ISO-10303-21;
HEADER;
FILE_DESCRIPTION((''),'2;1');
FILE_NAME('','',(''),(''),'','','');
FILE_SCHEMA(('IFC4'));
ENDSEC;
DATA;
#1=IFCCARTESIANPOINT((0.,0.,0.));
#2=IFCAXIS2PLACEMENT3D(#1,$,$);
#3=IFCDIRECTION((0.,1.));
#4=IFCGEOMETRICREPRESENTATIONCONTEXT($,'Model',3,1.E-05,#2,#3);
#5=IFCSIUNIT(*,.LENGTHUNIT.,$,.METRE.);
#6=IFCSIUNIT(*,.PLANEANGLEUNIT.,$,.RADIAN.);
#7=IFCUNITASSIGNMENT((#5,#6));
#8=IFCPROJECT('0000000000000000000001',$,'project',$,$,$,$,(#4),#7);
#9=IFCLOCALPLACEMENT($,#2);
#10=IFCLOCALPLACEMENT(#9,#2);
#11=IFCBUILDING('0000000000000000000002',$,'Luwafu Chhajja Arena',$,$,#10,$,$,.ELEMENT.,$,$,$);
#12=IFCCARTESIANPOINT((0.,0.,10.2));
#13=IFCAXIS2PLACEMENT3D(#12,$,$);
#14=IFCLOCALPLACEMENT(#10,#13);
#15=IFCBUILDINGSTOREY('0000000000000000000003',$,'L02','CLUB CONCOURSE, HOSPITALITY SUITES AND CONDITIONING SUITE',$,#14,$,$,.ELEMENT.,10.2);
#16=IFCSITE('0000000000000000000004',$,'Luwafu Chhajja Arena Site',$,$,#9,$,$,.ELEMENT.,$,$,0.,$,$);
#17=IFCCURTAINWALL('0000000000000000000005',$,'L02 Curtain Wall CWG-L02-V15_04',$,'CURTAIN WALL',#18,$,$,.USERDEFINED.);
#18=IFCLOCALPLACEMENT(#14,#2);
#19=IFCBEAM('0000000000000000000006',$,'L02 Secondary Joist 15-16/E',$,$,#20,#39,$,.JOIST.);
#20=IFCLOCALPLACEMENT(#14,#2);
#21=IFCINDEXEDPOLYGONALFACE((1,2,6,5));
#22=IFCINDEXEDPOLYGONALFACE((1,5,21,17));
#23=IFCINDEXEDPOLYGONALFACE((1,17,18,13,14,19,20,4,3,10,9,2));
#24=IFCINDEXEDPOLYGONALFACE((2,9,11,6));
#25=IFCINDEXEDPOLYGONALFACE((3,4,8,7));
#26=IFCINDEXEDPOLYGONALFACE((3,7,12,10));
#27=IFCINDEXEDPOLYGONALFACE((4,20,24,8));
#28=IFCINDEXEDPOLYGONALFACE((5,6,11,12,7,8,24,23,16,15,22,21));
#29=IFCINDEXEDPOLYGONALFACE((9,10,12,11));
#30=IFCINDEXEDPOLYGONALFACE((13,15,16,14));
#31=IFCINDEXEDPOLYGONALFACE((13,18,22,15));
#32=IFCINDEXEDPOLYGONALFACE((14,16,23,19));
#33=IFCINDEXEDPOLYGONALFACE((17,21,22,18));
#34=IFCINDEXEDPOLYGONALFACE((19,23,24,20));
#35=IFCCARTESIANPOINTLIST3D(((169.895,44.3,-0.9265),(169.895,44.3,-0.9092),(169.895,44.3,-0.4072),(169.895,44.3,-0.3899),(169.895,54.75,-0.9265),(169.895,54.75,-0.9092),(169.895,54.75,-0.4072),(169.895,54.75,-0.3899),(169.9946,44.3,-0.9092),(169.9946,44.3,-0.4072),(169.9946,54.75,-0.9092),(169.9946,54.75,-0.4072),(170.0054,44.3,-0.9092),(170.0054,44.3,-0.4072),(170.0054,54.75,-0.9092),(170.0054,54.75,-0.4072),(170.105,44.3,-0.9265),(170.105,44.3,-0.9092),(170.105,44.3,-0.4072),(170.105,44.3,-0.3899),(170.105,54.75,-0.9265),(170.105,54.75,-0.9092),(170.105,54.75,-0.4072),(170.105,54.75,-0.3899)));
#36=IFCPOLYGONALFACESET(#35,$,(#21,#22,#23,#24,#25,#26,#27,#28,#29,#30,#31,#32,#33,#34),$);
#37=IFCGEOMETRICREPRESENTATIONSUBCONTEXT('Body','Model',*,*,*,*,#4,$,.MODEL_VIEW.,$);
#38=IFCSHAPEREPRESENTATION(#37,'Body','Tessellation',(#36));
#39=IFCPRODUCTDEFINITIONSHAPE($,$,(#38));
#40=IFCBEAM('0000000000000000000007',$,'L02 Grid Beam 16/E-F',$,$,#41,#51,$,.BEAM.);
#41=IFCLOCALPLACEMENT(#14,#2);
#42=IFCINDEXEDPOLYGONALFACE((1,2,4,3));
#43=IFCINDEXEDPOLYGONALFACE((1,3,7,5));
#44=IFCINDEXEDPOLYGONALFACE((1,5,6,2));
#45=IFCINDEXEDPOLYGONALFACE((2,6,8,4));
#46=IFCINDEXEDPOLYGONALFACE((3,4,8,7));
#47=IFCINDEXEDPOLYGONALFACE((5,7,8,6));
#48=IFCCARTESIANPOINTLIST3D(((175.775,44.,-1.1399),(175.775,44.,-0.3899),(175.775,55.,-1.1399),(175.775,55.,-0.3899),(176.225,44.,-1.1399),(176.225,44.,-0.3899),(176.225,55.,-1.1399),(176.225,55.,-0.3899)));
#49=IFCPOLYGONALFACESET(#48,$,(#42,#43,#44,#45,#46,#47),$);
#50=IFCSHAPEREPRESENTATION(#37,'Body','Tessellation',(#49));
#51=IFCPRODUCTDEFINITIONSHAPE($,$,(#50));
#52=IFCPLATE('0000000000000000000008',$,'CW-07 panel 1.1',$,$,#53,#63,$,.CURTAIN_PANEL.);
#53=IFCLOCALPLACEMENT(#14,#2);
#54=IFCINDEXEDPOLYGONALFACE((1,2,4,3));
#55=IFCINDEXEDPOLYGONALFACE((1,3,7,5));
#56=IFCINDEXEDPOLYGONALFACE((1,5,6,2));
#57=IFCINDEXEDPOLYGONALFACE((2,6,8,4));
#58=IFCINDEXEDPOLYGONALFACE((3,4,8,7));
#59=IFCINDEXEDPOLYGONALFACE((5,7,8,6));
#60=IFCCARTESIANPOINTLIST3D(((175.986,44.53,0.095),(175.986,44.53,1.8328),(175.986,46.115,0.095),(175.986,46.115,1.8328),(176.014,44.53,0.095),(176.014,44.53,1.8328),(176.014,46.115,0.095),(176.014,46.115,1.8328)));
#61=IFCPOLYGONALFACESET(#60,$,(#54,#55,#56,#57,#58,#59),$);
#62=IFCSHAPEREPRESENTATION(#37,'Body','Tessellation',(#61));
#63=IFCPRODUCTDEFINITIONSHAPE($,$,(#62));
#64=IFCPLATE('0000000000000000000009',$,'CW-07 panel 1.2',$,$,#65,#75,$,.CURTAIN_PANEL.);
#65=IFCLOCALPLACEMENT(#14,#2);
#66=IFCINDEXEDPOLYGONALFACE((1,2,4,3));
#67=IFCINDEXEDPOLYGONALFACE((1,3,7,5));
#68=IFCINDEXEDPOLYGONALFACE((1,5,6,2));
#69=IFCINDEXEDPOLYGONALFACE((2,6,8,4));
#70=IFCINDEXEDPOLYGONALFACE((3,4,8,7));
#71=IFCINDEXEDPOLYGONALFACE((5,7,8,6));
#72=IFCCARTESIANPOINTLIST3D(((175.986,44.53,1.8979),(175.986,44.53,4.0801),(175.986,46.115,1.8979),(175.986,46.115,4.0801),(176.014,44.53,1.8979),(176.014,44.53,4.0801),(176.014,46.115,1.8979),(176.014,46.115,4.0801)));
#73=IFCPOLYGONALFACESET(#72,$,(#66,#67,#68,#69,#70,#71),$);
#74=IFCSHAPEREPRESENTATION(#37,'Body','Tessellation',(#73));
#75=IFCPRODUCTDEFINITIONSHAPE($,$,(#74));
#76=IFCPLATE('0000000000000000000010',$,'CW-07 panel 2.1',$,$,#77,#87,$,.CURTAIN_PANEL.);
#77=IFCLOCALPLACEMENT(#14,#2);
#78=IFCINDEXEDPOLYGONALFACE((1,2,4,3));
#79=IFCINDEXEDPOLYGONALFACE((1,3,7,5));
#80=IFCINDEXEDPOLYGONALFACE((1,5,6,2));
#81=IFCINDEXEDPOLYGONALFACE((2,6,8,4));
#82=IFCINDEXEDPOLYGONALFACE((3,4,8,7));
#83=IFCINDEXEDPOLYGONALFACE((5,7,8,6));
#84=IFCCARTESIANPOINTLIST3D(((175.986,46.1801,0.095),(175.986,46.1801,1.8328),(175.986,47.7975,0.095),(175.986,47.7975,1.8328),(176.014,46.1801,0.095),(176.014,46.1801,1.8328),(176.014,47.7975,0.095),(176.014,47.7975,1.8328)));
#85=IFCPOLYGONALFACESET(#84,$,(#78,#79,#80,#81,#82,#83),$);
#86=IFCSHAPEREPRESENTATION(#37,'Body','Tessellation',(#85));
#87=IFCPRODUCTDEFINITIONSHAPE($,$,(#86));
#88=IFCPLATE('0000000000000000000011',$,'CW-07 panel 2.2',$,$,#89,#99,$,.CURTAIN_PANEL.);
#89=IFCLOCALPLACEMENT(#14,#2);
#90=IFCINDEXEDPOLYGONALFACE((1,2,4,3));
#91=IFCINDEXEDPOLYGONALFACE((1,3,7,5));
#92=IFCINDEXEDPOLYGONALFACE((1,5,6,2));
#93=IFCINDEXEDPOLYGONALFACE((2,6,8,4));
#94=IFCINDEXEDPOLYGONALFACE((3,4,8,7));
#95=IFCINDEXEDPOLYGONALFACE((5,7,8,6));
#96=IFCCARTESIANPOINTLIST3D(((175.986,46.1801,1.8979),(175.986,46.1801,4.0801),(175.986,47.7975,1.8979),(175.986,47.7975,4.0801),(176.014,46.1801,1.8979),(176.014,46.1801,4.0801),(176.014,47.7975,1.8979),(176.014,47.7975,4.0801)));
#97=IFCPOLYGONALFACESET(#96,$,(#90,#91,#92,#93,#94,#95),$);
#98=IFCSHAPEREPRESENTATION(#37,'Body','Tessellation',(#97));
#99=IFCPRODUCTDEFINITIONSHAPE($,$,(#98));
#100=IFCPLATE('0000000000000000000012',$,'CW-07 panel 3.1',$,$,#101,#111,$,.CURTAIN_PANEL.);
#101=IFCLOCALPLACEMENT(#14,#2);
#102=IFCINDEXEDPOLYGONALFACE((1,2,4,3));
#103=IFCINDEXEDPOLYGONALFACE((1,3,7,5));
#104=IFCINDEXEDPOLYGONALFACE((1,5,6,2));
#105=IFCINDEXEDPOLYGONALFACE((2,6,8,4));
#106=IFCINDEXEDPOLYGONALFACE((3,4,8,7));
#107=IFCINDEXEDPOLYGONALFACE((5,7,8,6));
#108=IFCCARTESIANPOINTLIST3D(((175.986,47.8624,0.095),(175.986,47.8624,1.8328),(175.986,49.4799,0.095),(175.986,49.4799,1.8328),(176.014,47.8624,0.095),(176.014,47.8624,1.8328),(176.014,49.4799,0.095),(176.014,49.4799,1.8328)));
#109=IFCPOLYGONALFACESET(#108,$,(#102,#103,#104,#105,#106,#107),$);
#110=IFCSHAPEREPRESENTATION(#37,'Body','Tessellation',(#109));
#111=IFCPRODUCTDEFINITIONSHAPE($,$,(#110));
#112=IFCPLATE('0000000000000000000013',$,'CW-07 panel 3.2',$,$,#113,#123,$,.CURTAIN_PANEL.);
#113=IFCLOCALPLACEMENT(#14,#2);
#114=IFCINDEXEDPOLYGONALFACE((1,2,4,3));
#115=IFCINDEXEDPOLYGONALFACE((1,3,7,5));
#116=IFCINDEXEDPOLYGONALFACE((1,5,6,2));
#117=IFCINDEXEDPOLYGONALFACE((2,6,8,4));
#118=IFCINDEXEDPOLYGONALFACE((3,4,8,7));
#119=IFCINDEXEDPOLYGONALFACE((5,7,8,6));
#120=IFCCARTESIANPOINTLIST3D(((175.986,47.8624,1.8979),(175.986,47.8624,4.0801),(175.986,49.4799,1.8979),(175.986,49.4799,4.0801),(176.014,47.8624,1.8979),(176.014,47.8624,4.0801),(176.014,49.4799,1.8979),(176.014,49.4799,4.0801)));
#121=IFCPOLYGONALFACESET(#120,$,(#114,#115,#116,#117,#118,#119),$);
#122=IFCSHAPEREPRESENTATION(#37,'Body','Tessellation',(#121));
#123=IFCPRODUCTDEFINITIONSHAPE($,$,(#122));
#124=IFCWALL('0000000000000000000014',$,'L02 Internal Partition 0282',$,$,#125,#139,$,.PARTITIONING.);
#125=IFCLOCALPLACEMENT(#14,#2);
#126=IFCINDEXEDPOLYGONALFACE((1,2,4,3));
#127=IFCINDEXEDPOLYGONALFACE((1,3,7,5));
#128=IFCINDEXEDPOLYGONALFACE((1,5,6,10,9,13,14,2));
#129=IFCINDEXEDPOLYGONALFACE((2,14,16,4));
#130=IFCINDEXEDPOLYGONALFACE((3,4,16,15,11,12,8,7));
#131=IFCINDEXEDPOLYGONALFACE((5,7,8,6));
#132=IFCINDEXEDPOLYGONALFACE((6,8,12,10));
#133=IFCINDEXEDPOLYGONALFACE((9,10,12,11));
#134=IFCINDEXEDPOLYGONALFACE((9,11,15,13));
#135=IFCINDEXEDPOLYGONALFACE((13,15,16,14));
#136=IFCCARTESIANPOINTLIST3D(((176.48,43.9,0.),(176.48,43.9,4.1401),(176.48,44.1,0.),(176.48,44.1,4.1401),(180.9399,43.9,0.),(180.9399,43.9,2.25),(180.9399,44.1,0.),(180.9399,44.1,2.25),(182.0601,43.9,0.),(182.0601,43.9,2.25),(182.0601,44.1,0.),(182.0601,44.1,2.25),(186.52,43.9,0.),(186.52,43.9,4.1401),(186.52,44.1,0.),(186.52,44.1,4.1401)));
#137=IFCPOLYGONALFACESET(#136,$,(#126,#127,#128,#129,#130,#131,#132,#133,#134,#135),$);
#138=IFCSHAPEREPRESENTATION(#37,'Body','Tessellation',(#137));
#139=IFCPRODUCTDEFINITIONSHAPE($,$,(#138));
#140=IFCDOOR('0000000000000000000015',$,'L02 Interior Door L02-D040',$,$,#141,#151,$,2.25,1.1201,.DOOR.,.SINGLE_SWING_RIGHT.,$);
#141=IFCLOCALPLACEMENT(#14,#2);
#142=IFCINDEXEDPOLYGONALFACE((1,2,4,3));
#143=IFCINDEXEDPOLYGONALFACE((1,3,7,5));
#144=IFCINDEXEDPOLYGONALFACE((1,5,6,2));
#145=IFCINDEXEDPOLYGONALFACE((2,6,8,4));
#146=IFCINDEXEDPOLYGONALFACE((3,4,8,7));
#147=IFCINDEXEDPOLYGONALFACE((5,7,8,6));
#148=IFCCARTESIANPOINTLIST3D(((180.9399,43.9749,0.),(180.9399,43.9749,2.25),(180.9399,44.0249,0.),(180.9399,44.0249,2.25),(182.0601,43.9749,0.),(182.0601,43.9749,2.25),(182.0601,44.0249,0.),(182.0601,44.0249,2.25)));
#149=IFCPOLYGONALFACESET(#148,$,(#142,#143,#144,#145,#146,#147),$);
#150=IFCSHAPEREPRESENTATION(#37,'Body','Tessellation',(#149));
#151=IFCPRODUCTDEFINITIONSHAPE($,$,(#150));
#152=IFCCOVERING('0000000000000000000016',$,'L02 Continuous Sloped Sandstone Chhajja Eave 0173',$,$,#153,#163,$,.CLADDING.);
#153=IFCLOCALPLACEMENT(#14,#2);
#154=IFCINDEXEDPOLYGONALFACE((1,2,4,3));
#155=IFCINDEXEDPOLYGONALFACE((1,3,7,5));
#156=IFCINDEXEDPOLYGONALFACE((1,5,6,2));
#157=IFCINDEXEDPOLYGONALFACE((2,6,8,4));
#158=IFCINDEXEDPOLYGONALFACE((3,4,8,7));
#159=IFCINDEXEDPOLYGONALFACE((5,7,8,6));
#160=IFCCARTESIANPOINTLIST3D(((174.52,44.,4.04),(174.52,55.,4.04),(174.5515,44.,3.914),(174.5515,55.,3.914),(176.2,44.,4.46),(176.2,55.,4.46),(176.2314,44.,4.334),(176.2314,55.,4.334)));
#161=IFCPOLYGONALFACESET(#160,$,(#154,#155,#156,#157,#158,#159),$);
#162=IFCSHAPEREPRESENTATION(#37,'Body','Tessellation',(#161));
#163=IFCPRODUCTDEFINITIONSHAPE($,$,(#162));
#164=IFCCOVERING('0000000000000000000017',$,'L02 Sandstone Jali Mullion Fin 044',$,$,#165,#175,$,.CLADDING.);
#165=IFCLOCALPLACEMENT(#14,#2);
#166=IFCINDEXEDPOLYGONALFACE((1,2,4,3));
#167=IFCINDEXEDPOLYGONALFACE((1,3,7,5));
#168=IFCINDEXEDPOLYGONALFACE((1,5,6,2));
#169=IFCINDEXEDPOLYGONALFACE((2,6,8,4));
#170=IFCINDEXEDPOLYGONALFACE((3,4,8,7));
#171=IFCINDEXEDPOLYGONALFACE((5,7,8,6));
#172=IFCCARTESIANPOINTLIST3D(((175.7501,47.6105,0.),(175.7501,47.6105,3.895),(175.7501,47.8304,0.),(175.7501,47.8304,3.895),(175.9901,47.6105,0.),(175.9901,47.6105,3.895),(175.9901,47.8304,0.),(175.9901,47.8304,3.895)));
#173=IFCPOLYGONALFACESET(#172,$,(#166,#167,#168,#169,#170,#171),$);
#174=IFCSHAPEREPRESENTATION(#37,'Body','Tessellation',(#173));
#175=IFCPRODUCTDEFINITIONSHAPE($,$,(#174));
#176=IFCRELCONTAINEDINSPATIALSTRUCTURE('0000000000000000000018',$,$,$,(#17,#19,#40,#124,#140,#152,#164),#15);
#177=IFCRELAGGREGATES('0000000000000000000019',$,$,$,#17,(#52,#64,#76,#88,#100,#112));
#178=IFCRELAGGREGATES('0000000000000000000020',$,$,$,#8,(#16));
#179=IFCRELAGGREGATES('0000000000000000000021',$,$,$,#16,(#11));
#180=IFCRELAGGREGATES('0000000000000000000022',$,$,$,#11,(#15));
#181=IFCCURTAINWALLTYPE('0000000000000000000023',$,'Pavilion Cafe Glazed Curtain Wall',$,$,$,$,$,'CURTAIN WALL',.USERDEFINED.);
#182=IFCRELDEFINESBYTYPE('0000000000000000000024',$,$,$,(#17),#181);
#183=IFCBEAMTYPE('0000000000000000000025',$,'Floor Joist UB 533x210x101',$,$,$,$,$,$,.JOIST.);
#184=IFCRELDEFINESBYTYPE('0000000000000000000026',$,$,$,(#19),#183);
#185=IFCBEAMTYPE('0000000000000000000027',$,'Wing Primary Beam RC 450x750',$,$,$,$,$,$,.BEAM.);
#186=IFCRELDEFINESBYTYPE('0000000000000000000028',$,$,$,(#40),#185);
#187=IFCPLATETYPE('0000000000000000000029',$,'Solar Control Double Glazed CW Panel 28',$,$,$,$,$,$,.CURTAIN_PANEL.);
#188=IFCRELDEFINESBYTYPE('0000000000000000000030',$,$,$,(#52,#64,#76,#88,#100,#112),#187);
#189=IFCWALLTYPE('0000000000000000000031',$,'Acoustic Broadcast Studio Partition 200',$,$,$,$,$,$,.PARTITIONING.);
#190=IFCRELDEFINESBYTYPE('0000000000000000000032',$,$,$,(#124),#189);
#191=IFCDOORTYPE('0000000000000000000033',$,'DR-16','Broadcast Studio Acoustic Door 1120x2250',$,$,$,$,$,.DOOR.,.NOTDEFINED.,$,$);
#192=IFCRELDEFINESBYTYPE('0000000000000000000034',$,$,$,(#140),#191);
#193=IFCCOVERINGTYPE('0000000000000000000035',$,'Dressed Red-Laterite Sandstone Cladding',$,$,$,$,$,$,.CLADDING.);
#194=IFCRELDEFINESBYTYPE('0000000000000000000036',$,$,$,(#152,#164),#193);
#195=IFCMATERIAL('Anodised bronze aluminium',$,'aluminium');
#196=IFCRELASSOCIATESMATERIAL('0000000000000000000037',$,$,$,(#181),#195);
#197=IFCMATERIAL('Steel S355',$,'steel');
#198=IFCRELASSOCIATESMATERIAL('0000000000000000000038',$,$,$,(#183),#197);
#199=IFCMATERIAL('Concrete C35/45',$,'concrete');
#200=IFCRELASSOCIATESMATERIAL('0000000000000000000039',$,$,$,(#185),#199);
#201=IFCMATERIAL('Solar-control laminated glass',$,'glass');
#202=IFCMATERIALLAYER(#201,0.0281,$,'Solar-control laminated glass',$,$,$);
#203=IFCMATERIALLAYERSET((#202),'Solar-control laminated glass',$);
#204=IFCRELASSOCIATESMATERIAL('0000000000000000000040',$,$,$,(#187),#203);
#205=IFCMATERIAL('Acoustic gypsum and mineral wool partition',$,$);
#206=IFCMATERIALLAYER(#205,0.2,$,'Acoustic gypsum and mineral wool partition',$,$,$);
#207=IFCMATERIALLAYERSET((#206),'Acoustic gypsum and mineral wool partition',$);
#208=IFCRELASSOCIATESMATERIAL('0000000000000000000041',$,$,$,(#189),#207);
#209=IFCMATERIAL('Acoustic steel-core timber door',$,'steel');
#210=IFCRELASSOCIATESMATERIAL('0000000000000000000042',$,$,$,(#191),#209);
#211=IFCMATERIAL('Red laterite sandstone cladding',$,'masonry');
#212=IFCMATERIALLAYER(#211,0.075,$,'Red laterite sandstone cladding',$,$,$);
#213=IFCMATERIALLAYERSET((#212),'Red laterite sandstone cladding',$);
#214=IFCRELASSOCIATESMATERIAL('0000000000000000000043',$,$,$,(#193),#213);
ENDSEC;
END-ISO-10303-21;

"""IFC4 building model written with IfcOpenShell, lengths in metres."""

from ifc_helpers import new_model, si_unit, direction, frame, frame_2d, origin, origin_2d, place, context, subcontext, project, spatial, polyline, rectangle, i_section, outline, extrude, material, layer, layer_set, material_profile, profile_set, type_object, element, fill, aggregate, save


model = new_model("IFC4")

# Units and contexts
model_context = context("Model", 3, precision=1e-05, world=origin(), true_north=direction((0.0, 1.0)))
body_context = subcontext(model_context, "Body", "Model", "MODEL_VIEW")
ifc_project = project(units=[si_unit("LENGTHUNIT", "METRE"), si_unit("PLANEANGLEUNIT", "RADIAN")], contexts=[model_context])

# Site, building, storey
site_placement = place(None, origin())
site = spatial("IfcSite", under=ifc_project, at=site_placement, Name="Luwafu Chhajja Arena Site", CompositionType="ELEMENT", RefElevation=0.0)
building_placement = place(site_placement, origin())
building = spatial("IfcBuilding", under=site, at=building_placement, Name="Luwafu Chhajja Arena", CompositionType="ELEMENT")
storey_placement = place(building_placement, frame((0.0, 0.0, 10.2)))
storey = spatial("IfcBuildingStorey", under=building, at=storey_placement, Name="L02", Description="CLUB CONCOURSE, HOSPITALITY SUITES AND CONDITIONING SUITE", CompositionType="ELEMENT", Elevation=10.2)

# Shared definitions
ifc_material_1 = material(Name="Concrete C35/45", Category="concrete")

# Curtain wall
ifc_material_2 = material(Name="Anodised bronze aluminium", Category="aluminium")
curtain_wall_type = type_object("IfcCurtainWallType", Name="Pavilion Cafe Glazed Curtain Wall", ElementType="CURTAIN WALL", PredefinedType="USERDEFINED", material=ifc_material_2)
curtain_wall_placement = place(storey_placement, origin())
curtain_wall = element("IfcCurtainWall", 1, at=curtain_wall_placement, inside=storey, type_object=curtain_wall_type, Name="L02 Curtain Wall CWG-L02-V15_04", ObjectType="CURTAIN WALL", PredefinedType="USERDEFINED")

# Beams
ifc_material_3 = material(Name="Steel S355", Category="steel")
ifc_material_profile_1 = material_profile(ifc_material_3, i_section(OverallWidth=0.21, OverallDepth=0.5366, WebThickness=0.0107, FlangeThickness=0.0173, at=origin_2d()), Name="UB 533x210x101")
ifc_profile_set_1 = profile_set([ifc_material_profile_1], Name="Steel S355")
beam_type_1 = type_object("IfcBeamType", Name="Floor Joist UB 533x210x101", PredefinedType="JOIST", material=ifc_profile_set_1)
beam_1_placement = place(storey_placement, frame((170.0, 44.3, -0.6582), z_axis=(0.0, 1.0, 0.0), x_axis=(-1.0, 0.0, 0.0)))
element("IfcBeam", 2, at=beam_1_placement, inside=storey, type_object=beam_type_1, Name="L02 Secondary Joist 15-16/E", PredefinedType="JOIST", context=body_context, shape_type="SweptSolid", body=[
    extrude(i_section(OverallWidth=0.21, OverallDepth=0.5366, WebThickness=0.0107, FlangeThickness=0.0173, at=origin_2d()), origin(), (0.0, 0.0, 1.0), 10.45),
])
ifc_material_profile_2 = material_profile(ifc_material_1, rectangle(XDim=0.45, YDim=0.75, at=origin_2d()), Name="RC 450x750")
ifc_profile_set_2 = profile_set([ifc_material_profile_2], Name="Concrete C35/45")
beam_type_2 = type_object("IfcBeamType", Name="Wing Primary Beam RC 450x750", PredefinedType="BEAM", material=ifc_profile_set_2)
beam_2_placement = place(storey_placement, frame((176.0, 44.0, -0.7649), z_axis=(0.0, 1.0, 0.0), x_axis=(-1.0, 0.0, 0.0)))
element("IfcBeam", 3, at=beam_2_placement, inside=storey, type_object=beam_type_2, Name="L02 Grid Beam 16/E-F", PredefinedType="BEAM", context=body_context, shape_type="SweptSolid", body=[
    extrude(rectangle(XDim=0.45, YDim=0.75, at=origin_2d()), origin(), (0.0, 0.0, 1.0), 11.0),
])

# Plates
ifc_material_4 = material(Name="Solar-control laminated glass", Category="glass")
ifc_layer_1 = layer(ifc_material_4, 0.0281, Name="Solar-control laminated glass")
ifc_layer_set_1 = layer_set([ifc_layer_1], Name="Solar-control laminated glass")
plate_type = type_object("IfcPlateType", Name="Solar Control Double Glazed CW Panel 28", PredefinedType="CURTAIN_PANEL", material=ifc_layer_set_1)
plate_1_placement = place(storey_placement, frame((176.0, 45.3225, 0.095), z_axis=(0.0, 0.0, 1.0), x_axis=(0.0, 1.0, 0.0)))
plate_1 = element("IfcPlate", 4, at=plate_1_placement, type_object=plate_type, Name="CW-07 panel 1.1", PredefinedType="CURTAIN_PANEL", context=body_context, shape_type="SweptSolid", body=[
    extrude(rectangle(XDim=1.585, YDim=0.0281, at=origin_2d()), origin(), (0.0, 0.0, 1.0), 1.7378),
])
plate_2_placement = place(storey_placement, frame((176.0, 45.3225, 1.8979), z_axis=(0.0, 0.0, 1.0), x_axis=(0.0, 1.0, 0.0)))
plate_2 = element("IfcPlate", 5, at=plate_2_placement, type_object=plate_type, Name="CW-07 panel 1.2", PredefinedType="CURTAIN_PANEL", context=body_context, shape_type="SweptSolid", body=[
    extrude(rectangle(XDim=1.585, YDim=0.0281, at=origin_2d()), origin(), (0.0, 0.0, 1.0), 2.1821),
])
plate_3_placement = place(storey_placement, frame((176.0, 46.9888, 0.095), z_axis=(0.0, 0.0, 1.0), x_axis=(0.0, 1.0, 0.0)))
plate_3 = element("IfcPlate", 6, at=plate_3_placement, type_object=plate_type, Name="CW-07 panel 2.1", PredefinedType="CURTAIN_PANEL", context=body_context, shape_type="SweptSolid", body=[
    extrude(rectangle(XDim=1.6174, YDim=0.0281, at=origin_2d()), origin(), (0.0, 0.0, 1.0), 1.7378),
])
plate_4_placement = place(storey_placement, frame((176.0, 46.9888, 1.8979), z_axis=(0.0, 0.0, 1.0), x_axis=(0.0, 1.0, 0.0)))
plate_4 = element("IfcPlate", 7, at=plate_4_placement, type_object=plate_type, Name="CW-07 panel 2.2", PredefinedType="CURTAIN_PANEL", context=body_context, shape_type="SweptSolid", body=[
    extrude(rectangle(XDim=1.6174, YDim=0.0281, at=origin_2d()), origin(), (0.0, 0.0, 1.0), 2.1821),
])
plate_5_placement = place(storey_placement, frame((176.0, 48.6711, 0.095), z_axis=(0.0, 0.0, 1.0), x_axis=(0.0, 1.0, 0.0)))
plate_5 = element("IfcPlate", 8, at=plate_5_placement, type_object=plate_type, Name="CW-07 panel 3.1", PredefinedType="CURTAIN_PANEL", context=body_context, shape_type="SweptSolid", body=[
    extrude(rectangle(XDim=1.6174, YDim=0.0281, at=origin_2d()), origin(), (0.0, 0.0, 1.0), 1.7378),
])
plate_6_placement = place(storey_placement, frame((176.0, 48.6711, 1.8979), z_axis=(0.0, 0.0, 1.0), x_axis=(0.0, 1.0, 0.0)))
plate_6 = element("IfcPlate", 9, at=plate_6_placement, type_object=plate_type, Name="CW-07 panel 3.2", PredefinedType="CURTAIN_PANEL", context=body_context, shape_type="SweptSolid", body=[
    extrude(rectangle(XDim=1.6174, YDim=0.0281, at=origin_2d()), origin(), (0.0, 0.0, 1.0), 2.1821),
])
aggregate(curtain_wall, [plate_1, plate_2, plate_3, plate_4, plate_5, plate_6])

# Wall, opening, door
ifc_material_5 = material(Name="Acoustic gypsum and mineral wool partition")
ifc_layer_2 = layer(ifc_material_5, 0.2, Name="Acoustic gypsum and mineral wool partition")
ifc_layer_set_2 = layer_set([ifc_layer_2], Name="Acoustic gypsum and mineral wool partition")
wall_type = type_object("IfcWallType", Name="Acoustic Broadcast Studio Partition 200", PredefinedType="PARTITIONING", material=ifc_layer_set_2)
wall_placement = place(storey_placement, frame((176.48, 44.0, 0.0), z_axis=(0.0, 0.0, 1.0), x_axis=(1.0, 0.0, 0.0)))
wall = element("IfcWall", 10, at=wall_placement, inside=storey, type_object=wall_type, Name="L02 Internal Partition 0282", PredefinedType="PARTITIONING", context=body_context, shape_type="SweptSolid", body=[
    extrude(rectangle(XDim=10.04, YDim=0.2, at=frame_2d((5.02, 0.0))), origin(), (0.0, 0.0, 1.0), 4.1401),
])
opening_placement = place(wall_placement, frame((4.46, 0.0, 0.0)))
opening = element("IfcOpeningElement", 11, at=opening_placement, cuts=wall, PredefinedType="OPENING", context=body_context, shape_type="SweptSolid", body=[
    extrude(rectangle(XDim=1.1201, YDim=2.25, at=frame_2d((0.5601, 1.125))), frame((0.0, 0.1099, 0.0), z_axis=(0.0, -1.0, 0.0), x_axis=(1.0, 0.0, 0.0)), (0.0, 0.0, 1.0), 0.22),
])
ifc_material_6 = material(Name="Acoustic steel-core timber door", Category="steel")
door_type = type_object("IfcDoorType", Name="DR-16", Description="Broadcast Studio Acoustic Door 1120x2250", OperationType="NOTDEFINED", PredefinedType="DOOR", material=ifc_material_6)
door_placement = place(opening_placement, origin())
door = element("IfcDoor", 12, at=door_placement, inside=storey, type_object=door_type, Name="L02 Interior Door L02-D040", OperationType="SINGLE_SWING_RIGHT", OverallHeight=2.25, OverallWidth=1.1201, PredefinedType="DOOR", context=body_context, shape_type="SweptSolid", body=[
    extrude(rectangle(XDim=1.1201, YDim=2.25, at=frame_2d((0.5601, 1.125))), frame((0.0, 0.0249, 0.0), z_axis=(0.0, -1.0, 0.0), x_axis=(1.0, 0.0, 0.0)), (0.0, 0.0, 1.0), 0.05),
])
fill(opening, door)

# Coverings
ifc_material_7 = material(Name="Red laterite sandstone cladding", Category="masonry")
ifc_layer_3 = layer(ifc_material_7, 0.075, Name="Red laterite sandstone cladding")
ifc_layer_set_3 = layer_set([ifc_layer_3], Name="Red laterite sandstone cladding")
covering_type = type_object("IfcCoveringType", Name="Dressed Red-Laterite Sandstone Cladding", PredefinedType="CLADDING", material=ifc_layer_set_3)
covering_1_placement = place(storey_placement, frame((176.2, 44.0, 4.46), z_axis=(-0.242502, 0.0, 0.970151), x_axis=(0.0, 1.0, 0.0)))
element("IfcCovering", 13, at=covering_1_placement, inside=storey, type_object=covering_type, Name="L02 Continuous Sloped Sandstone Chhajja Eave 0173", PredefinedType="CLADDING", context=body_context, shape_type="SweptSolid", body=[
    extrude(outline(polyline([(0.0, 0.0), (11.0, 0.0), (11.0, 1.7316), (0.0, 1.7316), (0.0, 0.0)])), origin(), (0.0, 0.0, -1.0), 0.1299),
])
covering_2_placement = place(storey_placement, frame((175.8701, 47.7205, 0.0), z_axis=(0.0, 0.0, 1.0), x_axis=(0.0, 1.0, 0.0)))
element("IfcCovering", 14, at=covering_2_placement, inside=storey, type_object=covering_type, Name="L02 Sandstone Jali Mullion Fin 044", PredefinedType="CLADDING", context=body_context, shape_type="SweptSolid", body=[
    extrude(rectangle(XDim=0.22, YDim=0.24, at=origin_2d()), origin(), (0.0, 0.0, 1.0), 3.895),
])

save(model, "model.ifc")
